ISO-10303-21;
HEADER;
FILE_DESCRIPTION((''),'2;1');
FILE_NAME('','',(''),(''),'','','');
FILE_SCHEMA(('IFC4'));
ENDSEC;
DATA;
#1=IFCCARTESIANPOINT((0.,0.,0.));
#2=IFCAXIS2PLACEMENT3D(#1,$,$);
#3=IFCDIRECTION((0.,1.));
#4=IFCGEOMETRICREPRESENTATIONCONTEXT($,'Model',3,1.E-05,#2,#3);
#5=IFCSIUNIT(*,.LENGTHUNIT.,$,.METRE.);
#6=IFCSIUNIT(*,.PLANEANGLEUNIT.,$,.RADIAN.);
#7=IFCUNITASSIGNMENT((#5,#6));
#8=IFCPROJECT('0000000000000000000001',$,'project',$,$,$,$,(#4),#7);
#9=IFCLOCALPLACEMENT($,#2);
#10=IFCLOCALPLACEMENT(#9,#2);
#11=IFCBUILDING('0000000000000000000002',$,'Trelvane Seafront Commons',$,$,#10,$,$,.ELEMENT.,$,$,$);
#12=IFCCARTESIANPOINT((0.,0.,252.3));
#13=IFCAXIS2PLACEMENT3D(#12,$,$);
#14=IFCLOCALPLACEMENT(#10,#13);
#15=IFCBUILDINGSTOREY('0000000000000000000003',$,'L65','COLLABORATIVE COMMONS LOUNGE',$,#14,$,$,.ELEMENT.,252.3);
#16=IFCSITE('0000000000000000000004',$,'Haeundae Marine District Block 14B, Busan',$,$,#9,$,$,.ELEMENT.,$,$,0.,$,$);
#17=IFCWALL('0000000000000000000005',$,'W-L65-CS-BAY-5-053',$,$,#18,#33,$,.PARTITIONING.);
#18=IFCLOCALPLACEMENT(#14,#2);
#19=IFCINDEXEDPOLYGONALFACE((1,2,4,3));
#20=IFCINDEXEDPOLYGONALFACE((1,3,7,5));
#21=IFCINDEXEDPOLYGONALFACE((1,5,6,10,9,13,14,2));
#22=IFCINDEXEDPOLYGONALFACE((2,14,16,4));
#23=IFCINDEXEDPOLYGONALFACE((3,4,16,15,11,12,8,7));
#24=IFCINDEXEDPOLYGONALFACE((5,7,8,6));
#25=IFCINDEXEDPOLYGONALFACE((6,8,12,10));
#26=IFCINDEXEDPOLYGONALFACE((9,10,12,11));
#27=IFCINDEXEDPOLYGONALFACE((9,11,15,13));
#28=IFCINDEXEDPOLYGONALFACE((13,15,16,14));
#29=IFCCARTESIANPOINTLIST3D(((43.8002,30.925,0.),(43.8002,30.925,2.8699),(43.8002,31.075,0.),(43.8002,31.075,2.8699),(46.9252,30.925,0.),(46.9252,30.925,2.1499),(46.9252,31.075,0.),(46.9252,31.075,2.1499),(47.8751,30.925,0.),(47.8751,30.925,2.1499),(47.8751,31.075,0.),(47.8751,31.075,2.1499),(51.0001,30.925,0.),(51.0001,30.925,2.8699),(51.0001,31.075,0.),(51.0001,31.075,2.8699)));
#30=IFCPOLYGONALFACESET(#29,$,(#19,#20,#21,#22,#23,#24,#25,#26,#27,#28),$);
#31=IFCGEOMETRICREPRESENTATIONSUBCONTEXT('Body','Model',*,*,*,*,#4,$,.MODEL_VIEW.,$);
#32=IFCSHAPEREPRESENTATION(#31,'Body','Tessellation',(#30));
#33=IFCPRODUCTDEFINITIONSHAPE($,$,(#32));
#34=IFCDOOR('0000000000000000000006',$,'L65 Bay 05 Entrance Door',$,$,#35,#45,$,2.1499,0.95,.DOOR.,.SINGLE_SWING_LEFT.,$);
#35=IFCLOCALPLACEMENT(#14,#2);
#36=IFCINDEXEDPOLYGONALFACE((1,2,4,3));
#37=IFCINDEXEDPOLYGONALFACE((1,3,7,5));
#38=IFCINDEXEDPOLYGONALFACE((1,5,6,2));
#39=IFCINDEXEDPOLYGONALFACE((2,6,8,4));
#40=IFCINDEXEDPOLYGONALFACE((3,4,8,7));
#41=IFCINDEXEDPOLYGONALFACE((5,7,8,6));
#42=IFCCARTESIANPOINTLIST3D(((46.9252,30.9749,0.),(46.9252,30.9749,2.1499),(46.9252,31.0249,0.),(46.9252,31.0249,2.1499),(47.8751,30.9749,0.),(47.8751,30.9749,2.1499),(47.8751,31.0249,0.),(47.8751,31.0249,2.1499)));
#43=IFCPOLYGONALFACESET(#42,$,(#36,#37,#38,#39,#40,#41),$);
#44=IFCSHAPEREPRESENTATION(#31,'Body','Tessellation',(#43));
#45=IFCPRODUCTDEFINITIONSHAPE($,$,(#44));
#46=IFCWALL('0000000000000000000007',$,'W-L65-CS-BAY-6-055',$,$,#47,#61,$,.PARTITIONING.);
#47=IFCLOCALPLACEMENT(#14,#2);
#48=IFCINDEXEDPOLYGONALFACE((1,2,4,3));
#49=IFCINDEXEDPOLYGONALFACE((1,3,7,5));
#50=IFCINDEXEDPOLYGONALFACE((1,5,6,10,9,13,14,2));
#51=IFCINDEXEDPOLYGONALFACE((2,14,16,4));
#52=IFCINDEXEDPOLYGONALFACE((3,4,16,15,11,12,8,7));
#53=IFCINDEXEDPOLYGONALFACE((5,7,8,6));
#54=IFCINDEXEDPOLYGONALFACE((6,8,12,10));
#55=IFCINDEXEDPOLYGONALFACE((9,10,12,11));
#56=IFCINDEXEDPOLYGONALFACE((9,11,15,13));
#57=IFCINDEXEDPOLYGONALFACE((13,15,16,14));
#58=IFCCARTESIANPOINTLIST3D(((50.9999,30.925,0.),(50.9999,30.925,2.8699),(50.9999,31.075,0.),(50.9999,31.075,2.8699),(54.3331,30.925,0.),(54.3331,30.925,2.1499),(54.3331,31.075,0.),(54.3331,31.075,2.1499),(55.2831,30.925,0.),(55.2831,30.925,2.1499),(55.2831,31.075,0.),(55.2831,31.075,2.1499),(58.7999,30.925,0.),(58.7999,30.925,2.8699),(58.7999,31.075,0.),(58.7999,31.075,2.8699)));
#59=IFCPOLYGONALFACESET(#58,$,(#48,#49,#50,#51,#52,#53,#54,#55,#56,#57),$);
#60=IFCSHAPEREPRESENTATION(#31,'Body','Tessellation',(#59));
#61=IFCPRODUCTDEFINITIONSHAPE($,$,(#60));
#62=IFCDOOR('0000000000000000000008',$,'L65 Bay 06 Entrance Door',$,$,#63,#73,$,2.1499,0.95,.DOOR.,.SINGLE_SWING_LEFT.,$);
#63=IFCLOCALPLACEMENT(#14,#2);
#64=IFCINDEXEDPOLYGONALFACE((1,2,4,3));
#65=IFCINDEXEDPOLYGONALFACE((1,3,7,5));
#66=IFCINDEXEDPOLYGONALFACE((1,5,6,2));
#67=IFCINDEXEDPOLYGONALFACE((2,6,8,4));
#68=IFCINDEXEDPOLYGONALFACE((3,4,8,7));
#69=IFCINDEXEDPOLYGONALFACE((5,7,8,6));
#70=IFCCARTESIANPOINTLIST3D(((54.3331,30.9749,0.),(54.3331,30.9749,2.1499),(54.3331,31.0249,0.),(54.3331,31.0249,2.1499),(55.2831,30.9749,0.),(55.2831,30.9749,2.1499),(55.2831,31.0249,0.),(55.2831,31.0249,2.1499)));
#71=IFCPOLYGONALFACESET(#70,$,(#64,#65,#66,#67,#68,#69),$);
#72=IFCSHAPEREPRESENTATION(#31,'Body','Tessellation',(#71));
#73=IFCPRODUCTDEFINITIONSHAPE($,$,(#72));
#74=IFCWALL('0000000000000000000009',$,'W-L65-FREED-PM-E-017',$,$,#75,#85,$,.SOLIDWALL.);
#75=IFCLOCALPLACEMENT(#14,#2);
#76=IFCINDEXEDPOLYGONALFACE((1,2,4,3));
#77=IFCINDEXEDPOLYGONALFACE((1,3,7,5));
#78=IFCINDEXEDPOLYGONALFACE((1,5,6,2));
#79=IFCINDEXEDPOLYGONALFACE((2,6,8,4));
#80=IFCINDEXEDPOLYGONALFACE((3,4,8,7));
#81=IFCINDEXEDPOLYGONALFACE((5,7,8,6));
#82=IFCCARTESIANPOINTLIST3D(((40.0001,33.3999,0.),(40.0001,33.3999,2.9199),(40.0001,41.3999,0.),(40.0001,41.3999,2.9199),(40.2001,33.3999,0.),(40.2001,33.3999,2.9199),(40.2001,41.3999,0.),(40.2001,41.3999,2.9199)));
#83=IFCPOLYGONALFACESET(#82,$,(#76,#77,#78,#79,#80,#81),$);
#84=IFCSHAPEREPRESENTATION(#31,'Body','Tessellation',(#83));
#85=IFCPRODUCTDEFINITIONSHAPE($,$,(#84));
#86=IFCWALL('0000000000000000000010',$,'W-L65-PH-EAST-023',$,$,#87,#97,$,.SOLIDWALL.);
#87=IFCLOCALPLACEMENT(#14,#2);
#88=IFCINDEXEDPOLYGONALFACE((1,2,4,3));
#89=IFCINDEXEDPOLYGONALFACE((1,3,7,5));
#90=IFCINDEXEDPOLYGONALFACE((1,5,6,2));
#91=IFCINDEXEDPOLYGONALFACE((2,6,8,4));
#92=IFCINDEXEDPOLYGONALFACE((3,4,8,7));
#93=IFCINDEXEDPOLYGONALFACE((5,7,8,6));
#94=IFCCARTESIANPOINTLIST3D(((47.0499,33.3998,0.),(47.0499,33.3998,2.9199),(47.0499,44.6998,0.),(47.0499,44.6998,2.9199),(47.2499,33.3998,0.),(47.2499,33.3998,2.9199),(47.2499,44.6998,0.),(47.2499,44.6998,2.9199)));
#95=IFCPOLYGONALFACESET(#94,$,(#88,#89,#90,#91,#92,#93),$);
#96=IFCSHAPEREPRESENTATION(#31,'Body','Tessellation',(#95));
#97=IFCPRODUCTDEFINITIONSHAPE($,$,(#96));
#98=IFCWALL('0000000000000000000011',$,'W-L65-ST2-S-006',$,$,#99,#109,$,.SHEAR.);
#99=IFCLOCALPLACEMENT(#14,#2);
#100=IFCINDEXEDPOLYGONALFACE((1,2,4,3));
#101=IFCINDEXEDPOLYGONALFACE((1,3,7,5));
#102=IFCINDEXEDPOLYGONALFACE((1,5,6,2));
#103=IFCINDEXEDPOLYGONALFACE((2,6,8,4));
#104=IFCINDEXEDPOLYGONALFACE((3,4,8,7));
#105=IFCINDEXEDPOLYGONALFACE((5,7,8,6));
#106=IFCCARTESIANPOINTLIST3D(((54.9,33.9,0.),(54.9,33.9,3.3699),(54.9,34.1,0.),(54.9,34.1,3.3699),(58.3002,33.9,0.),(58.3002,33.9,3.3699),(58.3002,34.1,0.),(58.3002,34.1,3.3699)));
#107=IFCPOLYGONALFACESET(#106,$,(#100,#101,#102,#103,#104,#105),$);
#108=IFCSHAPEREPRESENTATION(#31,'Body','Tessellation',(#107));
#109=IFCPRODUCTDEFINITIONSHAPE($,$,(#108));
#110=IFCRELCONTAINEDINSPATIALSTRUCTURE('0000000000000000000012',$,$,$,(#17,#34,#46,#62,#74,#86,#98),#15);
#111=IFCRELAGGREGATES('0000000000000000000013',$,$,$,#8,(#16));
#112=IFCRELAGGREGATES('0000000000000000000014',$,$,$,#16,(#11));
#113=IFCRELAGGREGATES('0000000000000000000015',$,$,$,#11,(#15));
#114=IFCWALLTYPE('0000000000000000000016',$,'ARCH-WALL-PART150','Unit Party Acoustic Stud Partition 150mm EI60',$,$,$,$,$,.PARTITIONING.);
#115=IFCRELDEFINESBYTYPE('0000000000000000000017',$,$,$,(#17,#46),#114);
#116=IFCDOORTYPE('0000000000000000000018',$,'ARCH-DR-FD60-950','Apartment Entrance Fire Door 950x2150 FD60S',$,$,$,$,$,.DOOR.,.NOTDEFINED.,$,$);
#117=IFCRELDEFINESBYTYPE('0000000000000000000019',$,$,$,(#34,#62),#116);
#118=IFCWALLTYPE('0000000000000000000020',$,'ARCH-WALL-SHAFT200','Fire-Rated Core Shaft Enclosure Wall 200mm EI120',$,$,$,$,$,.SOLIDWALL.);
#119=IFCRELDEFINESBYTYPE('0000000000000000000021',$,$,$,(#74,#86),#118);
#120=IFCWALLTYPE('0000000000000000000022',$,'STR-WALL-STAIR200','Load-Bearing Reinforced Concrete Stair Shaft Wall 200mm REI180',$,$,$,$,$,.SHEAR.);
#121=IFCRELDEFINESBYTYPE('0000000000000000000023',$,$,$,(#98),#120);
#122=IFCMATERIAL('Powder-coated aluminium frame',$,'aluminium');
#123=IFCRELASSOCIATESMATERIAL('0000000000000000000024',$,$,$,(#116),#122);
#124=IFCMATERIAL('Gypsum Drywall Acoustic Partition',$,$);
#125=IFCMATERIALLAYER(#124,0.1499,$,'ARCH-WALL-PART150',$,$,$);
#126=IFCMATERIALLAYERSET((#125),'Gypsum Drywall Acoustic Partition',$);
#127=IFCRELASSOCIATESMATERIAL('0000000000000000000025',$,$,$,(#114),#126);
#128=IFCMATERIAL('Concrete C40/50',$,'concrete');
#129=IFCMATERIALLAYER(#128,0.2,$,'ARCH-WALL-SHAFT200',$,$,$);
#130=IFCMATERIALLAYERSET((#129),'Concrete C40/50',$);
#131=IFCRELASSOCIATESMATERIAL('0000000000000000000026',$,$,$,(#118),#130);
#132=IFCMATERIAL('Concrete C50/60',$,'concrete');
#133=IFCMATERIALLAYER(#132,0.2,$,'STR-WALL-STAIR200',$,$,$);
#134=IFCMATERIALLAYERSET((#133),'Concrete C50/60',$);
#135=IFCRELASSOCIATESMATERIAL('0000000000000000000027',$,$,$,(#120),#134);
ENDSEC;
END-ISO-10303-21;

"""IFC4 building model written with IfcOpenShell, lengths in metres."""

from ifc_helpers import new_model, si_unit, direction, frame, frame_2d, origin, place, context, subcontext, project, spatial, rectangle, extrude, source, transform, mapped, material, layer, layer_set, type_object, element, fill, save


model = new_model("IFC4")

# Units and contexts
model_context = context("Model", 3, precision=1e-05, world=origin(), true_north=direction((0.0, 1.0)))
body_context = subcontext(model_context, "Body", "Model", "MODEL_VIEW")
ifc_project = project(units=[si_unit("LENGTHUNIT", "METRE"), si_unit("PLANEANGLEUNIT", "RADIAN")], contexts=[model_context])

# Site, building, storey
site_placement = place(None, origin())
site = spatial("IfcSite", under=ifc_project, at=site_placement, Name="Haeundae Marine District Block 14B, Busan", CompositionType="ELEMENT", RefElevation=0.0)
building_placement = place(site_placement, origin())
building = spatial("IfcBuilding", under=site, at=building_placement, Name="Trelvane Seafront Commons", CompositionType="ELEMENT")
storey_placement = place(building_placement, frame((0.0, 0.0, 252.3)))
storey = spatial("IfcBuildingStorey", under=building, at=storey_placement, Name="L65", Description="COLLABORATIVE COMMONS LOUNGE", CompositionType="ELEMENT", Elevation=252.3)

# Shared definitions
ifc_material_1 = material(Name="Concrete C50/60", Category="concrete")

# Shared definitions
ifc_material_2 = material(Name="Concrete C40/50", Category="concrete")
ifc_material_3 = material(Name="Powder-coated aluminium frame", Category="aluminium")
door_type_1 = type_object("IfcDoorType", Name="ARCH-DR-FD60-950", Description="Apartment Entrance Fire Door 950x2150 FD60S", OperationType="NOTDEFINED", PredefinedType="DOOR", material=ifc_material_3)
shared_shape_1 = source(origin(), body_context, "Body", "SweptSolid", [
    extrude(rectangle(XDim=0.95, YDim=2.1499, at=frame_2d((0.4751, 1.075))), frame((0.0, 0.0249, 0.0), z_axis=(0.0, -1.0, 0.0), x_axis=(1.0, 0.0, 0.0)), (0.0, 0.0, 1.0), 0.05),
])

# Walls, openings, doors
ifc_material_4 = material(Name="Gypsum Drywall Acoustic Partition")
ifc_layer_1 = layer(ifc_material_4, 0.1499, Name="ARCH-WALL-PART150")
ifc_layer_set_1 = layer_set([ifc_layer_1], Name="Gypsum Drywall Acoustic Partition")
wall_type_1 = type_object("IfcWallType", Name="ARCH-WALL-PART150", Description="Unit Party Acoustic Stud Partition 150mm EI60", PredefinedType="PARTITIONING", material=ifc_layer_set_1)
wall_1_placement = place(storey_placement, frame((43.8, 31.0, 0.0), z_axis=(0.0, 0.0, 1.0), x_axis=(1.0, 0.0, 0.0)))
wall_1 = element("IfcWall", 1, at=wall_1_placement, inside=storey, type_object=wall_type_1, Name="W-L65-CS-BAY-5-053", PredefinedType="PARTITIONING", context=body_context, shape_type="SweptSolid", body=[
    extrude(rectangle(XDim=7.2, YDim=0.1499, at=frame_2d((3.6001, 0.0))), origin(), (0.0, 0.0, 1.0), 2.8699),
])
opening_1_placement = place(wall_1_placement, frame((3.125, 0.0, 0.0)))
opening_1 = element("IfcOpeningElement", 2, at=opening_1_placement, cuts=wall_1, PredefinedType="OPENING", context=body_context, shape_type="SweptSolid", body=[
    extrude(rectangle(XDim=0.95, YDim=2.1499, at=frame_2d((0.4751, 1.075))), frame((0.0, 0.085, 0.0), z_axis=(0.0, -1.0, 0.0), x_axis=(1.0, 0.0, 0.0)), (0.0, 0.0, 1.0), 0.1699),
])
door_1_placement = place(opening_1_placement, origin())
door_1 = element("IfcDoor", 3, at=door_1_placement, inside=storey, type_object=door_type_1, Name="L65 Bay 05 Entrance Door", OperationType="SINGLE_SWING_LEFT", OverallHeight=2.1499, OverallWidth=0.95, PredefinedType="DOOR", context=body_context, shape_type="MappedRepresentation", body=[
    mapped(shared_shape_1, transform((0.0, 0.0, 0.0), x_axis=(1.0, 0.0, 0.0), y_axis=(0.0, 1.0, 0.0), z_axis=(0.0, 0.0, 1.0), scale=1.0)),
])
fill(opening_1, door_1)
wall_2_placement = place(storey_placement, frame((51.0, 31.0, 0.0), z_axis=(0.0, 0.0, 1.0), x_axis=(1.0, 0.0, 0.0)))
wall_2 = element("IfcWall", 4, at=wall_2_placement, inside=storey, type_object=wall_type_1, Name="W-L65-CS-BAY-6-055", PredefinedType="PARTITIONING", context=body_context, shape_type="SweptSolid", body=[
    extrude(rectangle(XDim=7.8, YDim=0.1499, at=frame_2d((3.8999, 0.0))), origin(), (0.0, 0.0, 1.0), 2.8699),
])
opening_2_placement = place(wall_2_placement, frame((3.333, 0.0, 0.0)))
opening_2 = element("IfcOpeningElement", 5, at=opening_2_placement, cuts=wall_2, PredefinedType="OPENING", context=body_context, shape_type="SweptSolid", body=[
    extrude(rectangle(XDim=0.95, YDim=2.1499, at=frame_2d((0.4751, 1.075))), frame((0.0, 0.085, 0.0), z_axis=(0.0, -1.0, 0.0), x_axis=(1.0, 0.0, 0.0)), (0.0, 0.0, 1.0), 0.1699),
])
door_2_placement = place(opening_2_placement, origin())
door_2 = element("IfcDoor", 6, at=door_2_placement, inside=storey, type_object=door_type_1, Name="L65 Bay 06 Entrance Door", OperationType="SINGLE_SWING_LEFT", OverallHeight=2.1499, OverallWidth=0.95, PredefinedType="DOOR", context=body_context, shape_type="MappedRepresentation", body=[
    mapped(shared_shape_1, transform((0.0, 0.0, 0.0), x_axis=(1.0, 0.0, 0.0), y_axis=(0.0, 1.0, 0.0), z_axis=(0.0, 0.0, 1.0), scale=1.0)),
])
fill(opening_2, door_2)

# Walls
ifc_layer_2 = layer(ifc_material_2, 0.2, Name="ARCH-WALL-SHAFT200")
ifc_layer_set_2 = layer_set([ifc_layer_2], Name="Concrete C40/50")
wall_type_2 = type_object("IfcWallType", Name="ARCH-WALL-SHAFT200", Description="Fire-Rated Core Shaft Enclosure Wall 200mm EI120", PredefinedType="SOLIDWALL", material=ifc_layer_set_2)
wall_3_placement = place(storey_placement, frame((40.1001, 33.3999, 0.0), z_axis=(0.0, 0.0, 1.0), x_axis=(0.0, 1.0, 0.0)))
element("IfcWall", 7, at=wall_3_placement, inside=storey, type_object=wall_type_2, Name="W-L65-FREED-PM-E-017", PredefinedType="SOLIDWALL", context=body_context, shape_type="SweptSolid", body=[
    extrude(rectangle(XDim=8.0, YDim=0.2, at=frame_2d((4.0, 0.0))), origin(), (0.0, 0.0, 1.0), 2.9199),
])
wall_4_placement = place(storey_placement, frame((47.1499, 33.3999, 0.0), z_axis=(0.0, 0.0, 1.0), x_axis=(0.0, 1.0, 0.0)))
element("IfcWall", 8, at=wall_4_placement, inside=storey, type_object=wall_type_2, Name="W-L65-PH-EAST-023", PredefinedType="SOLIDWALL", context=body_context, shape_type="SweptSolid", body=[
    extrude(rectangle(XDim=11.3, YDim=0.2, at=frame_2d((5.6499, 0.0))), origin(), (0.0, 0.0, 1.0), 2.9199),
])
ifc_layer_3 = layer(ifc_material_1, 0.2, Name="STR-WALL-STAIR200")
ifc_layer_set_3 = layer_set([ifc_layer_3], Name="Concrete C50/60")
wall_type_3 = type_object("IfcWallType", Name="STR-WALL-STAIR200", Description="Load-Bearing Reinforced Concrete Stair Shaft Wall 200mm REI180", PredefinedType="SHEAR", material=ifc_layer_set_3)
wall_5_placement = place(storey_placement, frame((54.8999, 34.0, 0.0), z_axis=(0.0, 0.0, 1.0), x_axis=(1.0, 0.0, 0.0)))
element("IfcWall", 9, at=wall_5_placement, inside=storey, type_object=wall_type_3, Name="W-L65-ST2-S-006", PredefinedType="SHEAR", context=body_context, shape_type="SweptSolid", body=[
    extrude(rectangle(XDim=3.4001, YDim=0.2, at=frame_2d((1.7002, 0.0))), origin(), (0.0, 0.0, 1.0), 3.3699),
])

save(model, "model.ifc")
